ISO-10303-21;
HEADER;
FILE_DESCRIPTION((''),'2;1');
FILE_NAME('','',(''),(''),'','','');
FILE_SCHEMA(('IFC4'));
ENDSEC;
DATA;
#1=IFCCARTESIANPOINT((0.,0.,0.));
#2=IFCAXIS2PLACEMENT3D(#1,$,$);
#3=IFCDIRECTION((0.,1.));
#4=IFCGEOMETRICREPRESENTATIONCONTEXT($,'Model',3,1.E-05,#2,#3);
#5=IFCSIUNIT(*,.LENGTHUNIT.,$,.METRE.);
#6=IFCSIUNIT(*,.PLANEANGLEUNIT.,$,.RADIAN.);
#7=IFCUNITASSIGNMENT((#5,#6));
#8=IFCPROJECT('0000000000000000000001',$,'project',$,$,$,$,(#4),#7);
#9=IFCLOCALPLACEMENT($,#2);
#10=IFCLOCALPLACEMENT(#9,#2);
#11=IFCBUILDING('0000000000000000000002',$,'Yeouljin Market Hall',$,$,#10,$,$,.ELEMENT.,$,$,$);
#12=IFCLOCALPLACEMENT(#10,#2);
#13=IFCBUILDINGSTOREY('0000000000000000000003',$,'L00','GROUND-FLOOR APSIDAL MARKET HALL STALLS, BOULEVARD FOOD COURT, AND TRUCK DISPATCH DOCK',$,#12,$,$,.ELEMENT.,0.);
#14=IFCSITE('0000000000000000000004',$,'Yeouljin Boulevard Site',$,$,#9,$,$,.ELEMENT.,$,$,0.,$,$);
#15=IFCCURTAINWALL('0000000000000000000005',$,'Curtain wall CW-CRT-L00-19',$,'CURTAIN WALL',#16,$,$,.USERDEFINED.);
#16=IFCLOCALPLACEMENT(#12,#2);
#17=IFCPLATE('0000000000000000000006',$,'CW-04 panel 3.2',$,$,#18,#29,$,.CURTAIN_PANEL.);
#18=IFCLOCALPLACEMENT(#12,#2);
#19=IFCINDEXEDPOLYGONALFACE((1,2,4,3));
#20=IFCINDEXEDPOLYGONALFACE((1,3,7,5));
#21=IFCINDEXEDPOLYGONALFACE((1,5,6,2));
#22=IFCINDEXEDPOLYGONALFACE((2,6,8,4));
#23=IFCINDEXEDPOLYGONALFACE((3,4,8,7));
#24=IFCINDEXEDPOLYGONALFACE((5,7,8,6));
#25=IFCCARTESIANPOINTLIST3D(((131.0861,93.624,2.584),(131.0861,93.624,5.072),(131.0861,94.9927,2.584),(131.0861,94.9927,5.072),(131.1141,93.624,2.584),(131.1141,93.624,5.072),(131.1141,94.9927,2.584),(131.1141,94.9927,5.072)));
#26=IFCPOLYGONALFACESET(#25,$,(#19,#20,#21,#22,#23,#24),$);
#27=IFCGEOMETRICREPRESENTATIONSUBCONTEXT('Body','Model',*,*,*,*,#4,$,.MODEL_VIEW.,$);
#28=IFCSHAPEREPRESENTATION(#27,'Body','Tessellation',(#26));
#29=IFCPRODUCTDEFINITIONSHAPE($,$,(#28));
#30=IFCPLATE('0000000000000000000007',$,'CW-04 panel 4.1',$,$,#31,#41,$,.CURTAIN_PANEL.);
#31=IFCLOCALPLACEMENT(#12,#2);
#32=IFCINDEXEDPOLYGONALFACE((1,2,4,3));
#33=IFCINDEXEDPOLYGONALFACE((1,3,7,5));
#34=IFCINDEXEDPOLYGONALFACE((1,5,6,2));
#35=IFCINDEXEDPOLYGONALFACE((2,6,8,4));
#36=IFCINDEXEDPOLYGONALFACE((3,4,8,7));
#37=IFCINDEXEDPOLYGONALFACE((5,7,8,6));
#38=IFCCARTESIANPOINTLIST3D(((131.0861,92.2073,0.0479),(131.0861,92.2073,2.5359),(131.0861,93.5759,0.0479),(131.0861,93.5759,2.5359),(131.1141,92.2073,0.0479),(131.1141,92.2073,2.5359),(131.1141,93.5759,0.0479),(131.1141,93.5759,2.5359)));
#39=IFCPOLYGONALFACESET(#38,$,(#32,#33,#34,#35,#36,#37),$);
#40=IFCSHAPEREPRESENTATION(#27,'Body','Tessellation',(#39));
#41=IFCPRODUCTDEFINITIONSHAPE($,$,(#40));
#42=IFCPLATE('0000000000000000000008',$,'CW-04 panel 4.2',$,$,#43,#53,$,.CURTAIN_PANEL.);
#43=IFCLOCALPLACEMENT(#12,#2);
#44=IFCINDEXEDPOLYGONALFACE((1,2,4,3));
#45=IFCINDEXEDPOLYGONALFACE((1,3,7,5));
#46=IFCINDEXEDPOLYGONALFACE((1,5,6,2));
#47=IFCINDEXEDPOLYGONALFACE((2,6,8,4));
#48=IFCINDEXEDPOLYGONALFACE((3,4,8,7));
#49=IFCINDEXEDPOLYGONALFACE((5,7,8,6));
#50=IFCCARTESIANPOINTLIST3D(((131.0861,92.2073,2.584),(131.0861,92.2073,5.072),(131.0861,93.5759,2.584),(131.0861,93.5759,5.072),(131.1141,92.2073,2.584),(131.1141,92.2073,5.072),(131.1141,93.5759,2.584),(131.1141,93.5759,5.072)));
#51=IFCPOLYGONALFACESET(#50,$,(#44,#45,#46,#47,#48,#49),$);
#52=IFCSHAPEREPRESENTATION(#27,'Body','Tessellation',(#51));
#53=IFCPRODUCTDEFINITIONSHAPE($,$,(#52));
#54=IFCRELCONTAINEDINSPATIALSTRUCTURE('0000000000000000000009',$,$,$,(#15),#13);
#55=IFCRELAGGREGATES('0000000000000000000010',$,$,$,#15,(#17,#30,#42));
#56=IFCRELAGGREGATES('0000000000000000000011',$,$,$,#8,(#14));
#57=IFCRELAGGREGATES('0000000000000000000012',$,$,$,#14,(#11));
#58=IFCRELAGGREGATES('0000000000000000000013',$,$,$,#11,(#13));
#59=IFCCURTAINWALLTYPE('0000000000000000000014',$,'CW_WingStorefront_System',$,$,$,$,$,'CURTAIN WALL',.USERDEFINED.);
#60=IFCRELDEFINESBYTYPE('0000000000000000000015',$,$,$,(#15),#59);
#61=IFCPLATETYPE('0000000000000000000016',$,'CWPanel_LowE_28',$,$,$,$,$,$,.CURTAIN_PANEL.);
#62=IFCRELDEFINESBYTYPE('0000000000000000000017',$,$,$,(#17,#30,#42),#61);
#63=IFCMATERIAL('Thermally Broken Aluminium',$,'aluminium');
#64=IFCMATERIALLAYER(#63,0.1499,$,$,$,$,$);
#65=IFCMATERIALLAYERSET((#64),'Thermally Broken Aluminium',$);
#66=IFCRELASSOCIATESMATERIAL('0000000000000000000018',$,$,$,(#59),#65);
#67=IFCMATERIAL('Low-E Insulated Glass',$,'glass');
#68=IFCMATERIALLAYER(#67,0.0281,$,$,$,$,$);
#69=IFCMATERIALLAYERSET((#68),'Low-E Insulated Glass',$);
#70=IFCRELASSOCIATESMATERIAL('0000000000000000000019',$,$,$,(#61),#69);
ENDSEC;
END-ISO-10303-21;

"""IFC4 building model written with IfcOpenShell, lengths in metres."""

from ifc_helpers import new_model, si_unit, direction, frame, origin, origin_2d, place, context, subcontext, project, spatial, rectangle, extrude, material, layer, layer_set, type_object, element, aggregate, save


model = new_model("IFC4")

# Units and contexts
model_context = context("Model", 3, precision=1e-05, world=origin(), true_north=direction((0.0, 1.0)))
body_context = subcontext(model_context, "Body", "Model", "MODEL_VIEW")
ifc_project = project(units=[si_unit("LENGTHUNIT", "METRE"), si_unit("PLANEANGLEUNIT", "RADIAN")], contexts=[model_context])

# Site, building, storey
site_placement = place(None, origin())
site = spatial("IfcSite", under=ifc_project, at=site_placement, Name="Yeouljin Boulevard Site", CompositionType="ELEMENT", RefElevation=0.0)
building_placement = place(site_placement, origin())
building = spatial("IfcBuilding", under=site, at=building_placement, Name="Yeouljin Market Hall", CompositionType="ELEMENT")
storey_placement = place(building_placement, origin())
storey = spatial("IfcBuildingStorey", under=building, at=storey_placement, Name="L00", Description="GROUND-FLOOR APSIDAL MARKET HALL STALLS, BOULEVARD FOOD COURT, AND TRUCK DISPATCH DOCK", CompositionType="ELEMENT", Elevation=0.0)

# Shared definitions
ifc_material_1 = material(Name="Thermally Broken Aluminium", Category="aluminium")
ifc_layer_1 = layer(ifc_material_1, 0.1499)
ifc_layer_set_1 = layer_set([ifc_layer_1], Name="Thermally Broken Aluminium")
curtain_wall_type = type_object("IfcCurtainWallType", Name="CW_WingStorefront_System", ElementType="CURTAIN WALL", PredefinedType="USERDEFINED", material=ifc_layer_set_1)

# Curtain wall
curtain_wall_1_placement = place(storey_placement, origin())
curtain_wall_1 = element("IfcCurtainWall", 1, at=curtain_wall_1_placement, inside=storey, type_object=curtain_wall_type, Name="Curtain wall CW-CRT-L00-19", ObjectType="CURTAIN WALL", PredefinedType="USERDEFINED")

# Plates
ifc_material_2 = material(Name="Low-E Insulated Glass", Category="glass")
ifc_layer_2 = layer(ifc_material_2, 0.0281)
ifc_layer_set_2 = layer_set([ifc_layer_2], Name="Low-E Insulated Glass")
plate_type = type_object("IfcPlateType", Name="CWPanel_LowE_28", PredefinedType="CURTAIN_PANEL", material=ifc_layer_set_2)
plate_1_placement = place(storey_placement, frame((131.1001, 94.3083, 2.584), z_axis=(0.0, 0.0, 1.0), x_axis=(0.0, -1.0, 0.0)))
plate_1 = element("IfcPlate", 2, at=plate_1_placement, type_object=plate_type, Name="CW-04 panel 3.2", PredefinedType="CURTAIN_PANEL", context=body_context, shape_type="SweptSolid", body=[
    extrude(rectangle(XDim=1.3687, YDim=0.0281, at=origin_2d()), origin(), (0.0, 0.0, 1.0), 2.488),
])
plate_2_placement = place(storey_placement, frame((131.1001, 92.8916, 0.0479), z_axis=(0.0, 0.0, 1.0), x_axis=(0.0, -1.0, 0.0)))
plate_2 = element("IfcPlate", 3, at=plate_2_placement, type_object=plate_type, Name="CW-04 panel 4.1", PredefinedType="CURTAIN_PANEL", context=body_context, shape_type="SweptSolid", body=[
    extrude(rectangle(XDim=1.3687, YDim=0.0281, at=origin_2d()), origin(), (0.0, 0.0, 1.0), 2.488),
])
plate_3_placement = place(storey_placement, frame((131.1001, 92.8916, 2.584), z_axis=(0.0, 0.0, 1.0), x_axis=(0.0, -1.0, 0.0)))
plate_3 = element("IfcPlate", 4, at=plate_3_placement, type_object=plate_type, Name="CW-04 panel 4.2", PredefinedType="CURTAIN_PANEL", context=body_context, shape_type="SweptSolid", body=[
    extrude(rectangle(XDim=1.3687, YDim=0.0281, at=origin_2d()), origin(), (0.0, 0.0, 1.0), 2.488),
])
aggregate(curtain_wall_1, [plate_1, plate_2, plate_3])

save(model, "model.ifc")
